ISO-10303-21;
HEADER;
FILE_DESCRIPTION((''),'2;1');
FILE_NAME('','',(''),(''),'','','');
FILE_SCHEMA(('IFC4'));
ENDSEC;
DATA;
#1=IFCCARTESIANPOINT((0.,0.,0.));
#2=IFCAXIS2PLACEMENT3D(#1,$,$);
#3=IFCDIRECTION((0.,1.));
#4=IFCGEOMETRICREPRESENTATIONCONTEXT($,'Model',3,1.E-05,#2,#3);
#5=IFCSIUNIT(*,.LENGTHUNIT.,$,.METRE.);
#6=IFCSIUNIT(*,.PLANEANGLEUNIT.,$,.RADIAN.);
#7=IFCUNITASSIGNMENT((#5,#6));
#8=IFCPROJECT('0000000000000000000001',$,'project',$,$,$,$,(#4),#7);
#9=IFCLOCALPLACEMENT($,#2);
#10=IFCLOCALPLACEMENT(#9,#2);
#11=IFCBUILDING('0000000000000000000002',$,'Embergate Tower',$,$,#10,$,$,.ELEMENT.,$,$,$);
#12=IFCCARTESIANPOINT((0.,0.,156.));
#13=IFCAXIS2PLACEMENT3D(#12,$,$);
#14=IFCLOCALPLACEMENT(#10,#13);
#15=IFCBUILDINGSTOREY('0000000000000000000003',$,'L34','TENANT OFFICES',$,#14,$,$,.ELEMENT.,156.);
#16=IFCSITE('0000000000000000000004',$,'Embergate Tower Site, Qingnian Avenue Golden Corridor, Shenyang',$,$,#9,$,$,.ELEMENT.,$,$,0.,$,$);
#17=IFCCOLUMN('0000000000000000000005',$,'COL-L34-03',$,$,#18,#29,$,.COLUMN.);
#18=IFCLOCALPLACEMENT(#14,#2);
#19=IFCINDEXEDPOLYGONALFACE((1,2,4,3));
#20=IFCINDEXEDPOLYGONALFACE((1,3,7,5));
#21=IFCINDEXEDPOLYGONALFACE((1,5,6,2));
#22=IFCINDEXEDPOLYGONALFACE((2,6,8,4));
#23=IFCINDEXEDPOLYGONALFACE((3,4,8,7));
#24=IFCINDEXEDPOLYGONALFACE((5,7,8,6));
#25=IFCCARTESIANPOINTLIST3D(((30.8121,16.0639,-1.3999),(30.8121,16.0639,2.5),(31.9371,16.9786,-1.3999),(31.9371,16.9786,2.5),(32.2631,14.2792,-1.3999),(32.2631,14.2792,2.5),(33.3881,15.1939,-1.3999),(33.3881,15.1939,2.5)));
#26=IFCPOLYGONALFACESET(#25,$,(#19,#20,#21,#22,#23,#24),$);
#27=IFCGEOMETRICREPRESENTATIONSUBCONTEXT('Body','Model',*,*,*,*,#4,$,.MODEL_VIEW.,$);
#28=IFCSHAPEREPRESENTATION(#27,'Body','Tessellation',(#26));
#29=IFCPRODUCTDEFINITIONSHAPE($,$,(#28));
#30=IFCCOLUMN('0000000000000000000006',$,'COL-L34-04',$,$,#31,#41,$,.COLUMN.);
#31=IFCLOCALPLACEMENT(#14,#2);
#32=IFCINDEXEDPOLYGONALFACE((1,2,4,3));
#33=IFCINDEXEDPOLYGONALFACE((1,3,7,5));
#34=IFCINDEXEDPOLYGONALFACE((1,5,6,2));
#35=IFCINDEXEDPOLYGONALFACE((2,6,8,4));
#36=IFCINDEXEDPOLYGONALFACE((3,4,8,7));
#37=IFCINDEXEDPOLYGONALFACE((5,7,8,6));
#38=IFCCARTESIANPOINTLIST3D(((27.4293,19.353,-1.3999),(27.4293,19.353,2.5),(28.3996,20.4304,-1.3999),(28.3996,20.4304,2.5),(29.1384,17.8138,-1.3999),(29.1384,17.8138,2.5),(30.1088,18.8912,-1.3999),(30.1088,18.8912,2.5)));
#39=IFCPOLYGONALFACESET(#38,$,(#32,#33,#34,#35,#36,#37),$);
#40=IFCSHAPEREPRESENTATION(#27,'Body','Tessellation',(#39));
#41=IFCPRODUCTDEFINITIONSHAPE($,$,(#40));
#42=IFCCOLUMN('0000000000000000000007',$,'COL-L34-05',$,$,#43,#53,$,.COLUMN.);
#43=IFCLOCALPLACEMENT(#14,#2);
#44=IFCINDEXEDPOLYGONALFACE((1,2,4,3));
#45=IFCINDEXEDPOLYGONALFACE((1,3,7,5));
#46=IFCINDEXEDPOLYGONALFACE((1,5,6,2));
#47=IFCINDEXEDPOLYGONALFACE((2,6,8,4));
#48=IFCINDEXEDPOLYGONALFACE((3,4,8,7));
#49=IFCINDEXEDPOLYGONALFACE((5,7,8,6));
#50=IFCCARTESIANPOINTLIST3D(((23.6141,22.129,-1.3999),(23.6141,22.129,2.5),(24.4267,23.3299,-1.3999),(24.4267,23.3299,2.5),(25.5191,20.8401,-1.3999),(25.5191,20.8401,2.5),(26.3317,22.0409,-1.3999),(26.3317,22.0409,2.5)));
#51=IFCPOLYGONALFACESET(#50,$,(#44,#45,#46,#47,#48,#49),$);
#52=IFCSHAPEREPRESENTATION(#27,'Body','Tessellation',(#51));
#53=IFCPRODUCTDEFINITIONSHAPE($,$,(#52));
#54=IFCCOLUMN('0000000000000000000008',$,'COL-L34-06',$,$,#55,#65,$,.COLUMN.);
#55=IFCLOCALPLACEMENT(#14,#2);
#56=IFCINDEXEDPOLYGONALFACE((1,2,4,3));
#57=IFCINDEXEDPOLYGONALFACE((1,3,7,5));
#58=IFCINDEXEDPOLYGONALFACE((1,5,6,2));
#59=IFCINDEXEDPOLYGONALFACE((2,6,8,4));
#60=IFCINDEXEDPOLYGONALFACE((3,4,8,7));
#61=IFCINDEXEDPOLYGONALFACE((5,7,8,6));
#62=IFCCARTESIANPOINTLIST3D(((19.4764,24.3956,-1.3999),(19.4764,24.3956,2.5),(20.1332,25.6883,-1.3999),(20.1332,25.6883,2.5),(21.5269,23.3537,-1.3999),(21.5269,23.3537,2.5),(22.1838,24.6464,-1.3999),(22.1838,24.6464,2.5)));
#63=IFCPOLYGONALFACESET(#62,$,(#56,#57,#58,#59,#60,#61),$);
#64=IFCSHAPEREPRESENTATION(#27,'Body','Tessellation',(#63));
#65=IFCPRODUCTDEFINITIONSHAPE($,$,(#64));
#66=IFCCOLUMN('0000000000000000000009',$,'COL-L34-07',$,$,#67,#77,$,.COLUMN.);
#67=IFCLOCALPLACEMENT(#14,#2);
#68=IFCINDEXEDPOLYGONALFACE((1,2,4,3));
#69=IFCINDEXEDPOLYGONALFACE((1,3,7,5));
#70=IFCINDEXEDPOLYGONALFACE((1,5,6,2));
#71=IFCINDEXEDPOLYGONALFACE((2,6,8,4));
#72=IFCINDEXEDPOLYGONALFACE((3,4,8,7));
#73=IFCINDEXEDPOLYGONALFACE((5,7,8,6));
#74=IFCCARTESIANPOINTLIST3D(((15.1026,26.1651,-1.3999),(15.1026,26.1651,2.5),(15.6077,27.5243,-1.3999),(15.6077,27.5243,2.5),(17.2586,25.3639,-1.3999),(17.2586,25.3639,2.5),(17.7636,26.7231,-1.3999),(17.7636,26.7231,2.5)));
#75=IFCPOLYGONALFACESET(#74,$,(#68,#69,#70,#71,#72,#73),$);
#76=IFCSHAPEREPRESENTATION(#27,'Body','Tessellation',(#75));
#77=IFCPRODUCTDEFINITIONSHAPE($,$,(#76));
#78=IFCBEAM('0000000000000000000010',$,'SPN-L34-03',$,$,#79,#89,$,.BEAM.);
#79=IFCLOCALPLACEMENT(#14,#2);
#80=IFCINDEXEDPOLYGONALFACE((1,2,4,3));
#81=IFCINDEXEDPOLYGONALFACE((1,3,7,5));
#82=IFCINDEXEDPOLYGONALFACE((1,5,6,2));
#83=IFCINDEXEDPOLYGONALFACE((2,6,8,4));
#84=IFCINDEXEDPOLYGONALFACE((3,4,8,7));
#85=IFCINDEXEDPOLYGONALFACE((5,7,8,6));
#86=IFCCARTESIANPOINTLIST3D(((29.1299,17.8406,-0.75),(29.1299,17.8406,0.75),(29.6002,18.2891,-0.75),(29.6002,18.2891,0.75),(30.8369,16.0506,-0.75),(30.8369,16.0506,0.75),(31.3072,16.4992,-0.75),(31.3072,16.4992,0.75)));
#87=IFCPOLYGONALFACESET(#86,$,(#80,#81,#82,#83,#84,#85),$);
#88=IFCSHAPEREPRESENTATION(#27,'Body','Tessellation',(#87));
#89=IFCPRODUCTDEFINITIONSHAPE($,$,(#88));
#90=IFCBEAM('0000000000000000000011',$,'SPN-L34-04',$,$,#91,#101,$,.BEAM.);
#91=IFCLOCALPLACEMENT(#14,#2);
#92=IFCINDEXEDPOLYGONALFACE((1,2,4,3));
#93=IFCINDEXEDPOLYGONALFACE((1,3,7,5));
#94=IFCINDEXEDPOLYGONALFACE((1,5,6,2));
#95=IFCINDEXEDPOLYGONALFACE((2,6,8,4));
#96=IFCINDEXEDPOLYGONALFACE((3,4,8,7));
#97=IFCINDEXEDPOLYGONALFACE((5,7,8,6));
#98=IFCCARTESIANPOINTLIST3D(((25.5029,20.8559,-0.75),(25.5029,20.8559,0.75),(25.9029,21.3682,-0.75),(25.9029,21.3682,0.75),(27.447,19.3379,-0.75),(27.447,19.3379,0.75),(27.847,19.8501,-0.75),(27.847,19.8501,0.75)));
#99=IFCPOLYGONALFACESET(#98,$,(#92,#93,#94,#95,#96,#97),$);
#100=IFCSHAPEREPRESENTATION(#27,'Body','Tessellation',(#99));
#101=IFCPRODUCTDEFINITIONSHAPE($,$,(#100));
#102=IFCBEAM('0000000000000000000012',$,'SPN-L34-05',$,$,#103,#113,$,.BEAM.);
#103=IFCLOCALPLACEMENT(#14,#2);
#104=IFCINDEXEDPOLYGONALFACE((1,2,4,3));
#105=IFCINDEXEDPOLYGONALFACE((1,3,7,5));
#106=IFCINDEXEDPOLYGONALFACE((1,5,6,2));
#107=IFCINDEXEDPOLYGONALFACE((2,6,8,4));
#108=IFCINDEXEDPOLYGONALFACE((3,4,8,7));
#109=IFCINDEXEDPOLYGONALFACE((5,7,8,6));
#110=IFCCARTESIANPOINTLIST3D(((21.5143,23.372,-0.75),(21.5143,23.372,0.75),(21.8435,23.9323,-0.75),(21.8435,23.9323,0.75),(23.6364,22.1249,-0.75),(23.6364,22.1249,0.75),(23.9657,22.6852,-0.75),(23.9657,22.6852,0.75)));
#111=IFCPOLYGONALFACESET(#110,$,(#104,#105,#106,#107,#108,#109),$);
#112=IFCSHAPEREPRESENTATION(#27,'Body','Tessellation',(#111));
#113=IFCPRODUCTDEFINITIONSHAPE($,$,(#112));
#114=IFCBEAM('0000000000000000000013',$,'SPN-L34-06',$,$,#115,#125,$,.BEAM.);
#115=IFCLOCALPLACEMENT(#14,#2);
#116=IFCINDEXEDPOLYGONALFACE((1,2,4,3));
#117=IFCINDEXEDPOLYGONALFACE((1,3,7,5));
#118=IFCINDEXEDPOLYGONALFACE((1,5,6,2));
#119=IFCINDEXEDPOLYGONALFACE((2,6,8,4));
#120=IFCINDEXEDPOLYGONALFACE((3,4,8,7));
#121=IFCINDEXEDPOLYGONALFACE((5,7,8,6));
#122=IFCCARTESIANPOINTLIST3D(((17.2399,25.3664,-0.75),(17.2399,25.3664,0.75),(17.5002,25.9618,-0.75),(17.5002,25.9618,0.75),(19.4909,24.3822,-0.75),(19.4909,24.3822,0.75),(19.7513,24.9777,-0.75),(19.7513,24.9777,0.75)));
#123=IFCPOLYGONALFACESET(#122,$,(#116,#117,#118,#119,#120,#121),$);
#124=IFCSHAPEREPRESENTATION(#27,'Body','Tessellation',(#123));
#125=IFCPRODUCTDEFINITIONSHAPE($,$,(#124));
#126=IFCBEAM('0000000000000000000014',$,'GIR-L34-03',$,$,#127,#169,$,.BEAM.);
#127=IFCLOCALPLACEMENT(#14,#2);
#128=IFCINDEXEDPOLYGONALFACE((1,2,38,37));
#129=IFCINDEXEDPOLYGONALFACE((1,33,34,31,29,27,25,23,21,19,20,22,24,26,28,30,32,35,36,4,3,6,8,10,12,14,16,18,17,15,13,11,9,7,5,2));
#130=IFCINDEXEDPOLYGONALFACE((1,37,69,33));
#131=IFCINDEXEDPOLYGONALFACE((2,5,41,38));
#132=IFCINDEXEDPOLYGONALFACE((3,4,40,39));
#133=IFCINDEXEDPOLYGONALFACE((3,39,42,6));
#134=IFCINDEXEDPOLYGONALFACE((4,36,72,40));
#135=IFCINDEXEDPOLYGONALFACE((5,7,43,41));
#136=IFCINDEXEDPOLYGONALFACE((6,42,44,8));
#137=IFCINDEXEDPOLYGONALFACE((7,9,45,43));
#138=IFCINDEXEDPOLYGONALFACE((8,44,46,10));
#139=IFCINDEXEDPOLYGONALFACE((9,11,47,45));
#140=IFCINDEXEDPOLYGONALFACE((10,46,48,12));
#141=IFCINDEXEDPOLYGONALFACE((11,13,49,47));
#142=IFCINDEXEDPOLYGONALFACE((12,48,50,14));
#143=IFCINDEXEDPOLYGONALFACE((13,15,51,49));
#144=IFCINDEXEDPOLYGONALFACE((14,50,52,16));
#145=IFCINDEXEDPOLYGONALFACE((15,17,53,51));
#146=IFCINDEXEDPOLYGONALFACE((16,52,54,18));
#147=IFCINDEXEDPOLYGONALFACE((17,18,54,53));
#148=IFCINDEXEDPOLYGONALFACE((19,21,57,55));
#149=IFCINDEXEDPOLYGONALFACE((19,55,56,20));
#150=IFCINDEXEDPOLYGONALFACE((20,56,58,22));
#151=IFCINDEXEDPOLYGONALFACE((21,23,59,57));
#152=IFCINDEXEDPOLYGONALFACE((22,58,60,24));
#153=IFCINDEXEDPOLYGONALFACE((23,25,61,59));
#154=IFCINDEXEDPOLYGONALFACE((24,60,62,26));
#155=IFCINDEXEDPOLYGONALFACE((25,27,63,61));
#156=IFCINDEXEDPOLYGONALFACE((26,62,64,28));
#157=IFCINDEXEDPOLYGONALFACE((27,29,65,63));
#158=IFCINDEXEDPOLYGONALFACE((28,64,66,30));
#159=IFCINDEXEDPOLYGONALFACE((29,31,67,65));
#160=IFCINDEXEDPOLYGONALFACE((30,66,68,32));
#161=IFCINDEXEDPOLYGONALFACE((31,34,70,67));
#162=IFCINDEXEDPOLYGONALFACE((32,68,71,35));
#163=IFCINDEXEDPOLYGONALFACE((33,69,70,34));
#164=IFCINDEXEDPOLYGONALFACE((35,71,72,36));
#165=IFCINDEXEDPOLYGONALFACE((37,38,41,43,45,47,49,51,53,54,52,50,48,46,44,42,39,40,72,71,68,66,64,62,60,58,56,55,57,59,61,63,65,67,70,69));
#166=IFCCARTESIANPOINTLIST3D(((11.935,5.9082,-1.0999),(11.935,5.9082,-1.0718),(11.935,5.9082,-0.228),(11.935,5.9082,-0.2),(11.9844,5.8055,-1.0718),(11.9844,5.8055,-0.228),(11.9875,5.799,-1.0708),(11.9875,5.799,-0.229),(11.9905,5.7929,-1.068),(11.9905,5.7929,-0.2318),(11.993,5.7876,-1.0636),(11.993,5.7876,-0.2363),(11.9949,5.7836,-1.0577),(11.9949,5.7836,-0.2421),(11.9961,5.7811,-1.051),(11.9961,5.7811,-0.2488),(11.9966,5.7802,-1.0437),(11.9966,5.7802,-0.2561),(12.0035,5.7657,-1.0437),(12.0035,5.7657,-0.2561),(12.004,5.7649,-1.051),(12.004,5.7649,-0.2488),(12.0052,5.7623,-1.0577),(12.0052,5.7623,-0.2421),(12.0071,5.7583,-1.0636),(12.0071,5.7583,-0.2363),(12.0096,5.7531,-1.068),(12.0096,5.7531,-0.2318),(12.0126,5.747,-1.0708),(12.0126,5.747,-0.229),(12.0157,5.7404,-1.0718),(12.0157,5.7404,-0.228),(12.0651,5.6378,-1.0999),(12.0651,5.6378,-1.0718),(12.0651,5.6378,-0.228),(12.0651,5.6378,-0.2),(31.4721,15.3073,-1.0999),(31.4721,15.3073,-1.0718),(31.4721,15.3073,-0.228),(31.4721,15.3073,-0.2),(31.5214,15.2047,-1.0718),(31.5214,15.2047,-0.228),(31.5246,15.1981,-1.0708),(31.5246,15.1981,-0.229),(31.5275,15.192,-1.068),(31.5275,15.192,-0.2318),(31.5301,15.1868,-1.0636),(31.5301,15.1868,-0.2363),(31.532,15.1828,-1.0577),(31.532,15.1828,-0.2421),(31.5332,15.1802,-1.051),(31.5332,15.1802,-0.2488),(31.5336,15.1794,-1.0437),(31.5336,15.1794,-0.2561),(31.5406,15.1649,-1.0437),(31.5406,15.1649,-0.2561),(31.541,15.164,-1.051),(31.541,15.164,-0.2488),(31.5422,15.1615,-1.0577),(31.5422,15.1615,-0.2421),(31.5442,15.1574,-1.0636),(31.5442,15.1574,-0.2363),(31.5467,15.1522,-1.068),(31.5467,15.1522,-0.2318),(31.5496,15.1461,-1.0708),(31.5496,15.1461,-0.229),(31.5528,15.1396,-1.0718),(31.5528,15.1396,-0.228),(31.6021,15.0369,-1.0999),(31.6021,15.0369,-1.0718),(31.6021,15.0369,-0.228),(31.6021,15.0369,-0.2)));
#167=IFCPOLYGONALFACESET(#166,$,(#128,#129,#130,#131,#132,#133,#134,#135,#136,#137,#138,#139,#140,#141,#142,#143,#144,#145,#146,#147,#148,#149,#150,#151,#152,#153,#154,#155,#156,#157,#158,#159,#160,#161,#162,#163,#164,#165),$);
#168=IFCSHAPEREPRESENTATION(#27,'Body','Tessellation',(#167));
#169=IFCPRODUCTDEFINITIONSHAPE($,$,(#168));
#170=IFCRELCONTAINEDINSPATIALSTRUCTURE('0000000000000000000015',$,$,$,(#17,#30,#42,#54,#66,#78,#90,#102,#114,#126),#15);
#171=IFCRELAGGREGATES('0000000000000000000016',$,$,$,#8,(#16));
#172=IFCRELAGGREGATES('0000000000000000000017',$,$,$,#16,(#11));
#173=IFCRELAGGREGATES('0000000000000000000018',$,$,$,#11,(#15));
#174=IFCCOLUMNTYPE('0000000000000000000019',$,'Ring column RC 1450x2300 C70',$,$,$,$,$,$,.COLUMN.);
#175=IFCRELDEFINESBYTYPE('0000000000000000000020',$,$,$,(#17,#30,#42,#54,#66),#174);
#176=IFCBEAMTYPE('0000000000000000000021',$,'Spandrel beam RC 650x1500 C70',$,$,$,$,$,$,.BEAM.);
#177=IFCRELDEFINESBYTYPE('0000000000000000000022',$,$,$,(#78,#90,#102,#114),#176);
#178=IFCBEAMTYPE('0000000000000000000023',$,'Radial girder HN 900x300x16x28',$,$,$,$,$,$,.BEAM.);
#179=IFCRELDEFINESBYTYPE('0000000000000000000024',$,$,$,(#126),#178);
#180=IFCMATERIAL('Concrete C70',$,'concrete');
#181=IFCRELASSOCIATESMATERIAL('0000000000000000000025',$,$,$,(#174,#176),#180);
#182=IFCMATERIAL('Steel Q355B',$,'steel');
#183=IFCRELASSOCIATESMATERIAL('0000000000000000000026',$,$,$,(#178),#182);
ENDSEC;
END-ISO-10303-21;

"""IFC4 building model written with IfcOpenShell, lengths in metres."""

from ifc_helpers import new_model, si_unit, direction, frame, origin, origin_2d, place, context, subcontext, project, spatial, rectangle, i_section, extrude, source, transform, mapped, material, material_profile, profile_set, type_object, element, save


model = new_model("IFC4")

# Units and contexts
model_context = context("Model", 3, precision=1e-05, world=origin(), true_north=direction((0.0, 1.0)))
body_context = subcontext(model_context, "Body", "Model", "MODEL_VIEW")
ifc_project = project(units=[si_unit("LENGTHUNIT", "METRE"), si_unit("PLANEANGLEUNIT", "RADIAN")], contexts=[model_context])

# Site, building, storey
site_placement = place(None, origin())
site = spatial("IfcSite", under=ifc_project, at=site_placement, Name="Embergate Tower Site, Qingnian Avenue Golden Corridor, Shenyang", CompositionType="ELEMENT", RefElevation=0.0)
building_placement = place(site_placement, origin())
building = spatial("IfcBuilding", under=site, at=building_placement, Name="Embergate Tower", CompositionType="ELEMENT")
storey_placement = place(building_placement, frame((0.0, 0.0, 156.0)))
storey = spatial("IfcBuildingStorey", under=building, at=storey_placement, Name="L34", Description="TENANT OFFICES", CompositionType="ELEMENT", Elevation=156.0)

# Columns
ifc_material_1 = material(Name="Concrete C70", Category="concrete")
ifc_material_profile_1 = material_profile(ifc_material_1, rectangle(XDim=1.45, YDim=2.3, at=origin_2d()), Name="RC 1450x2300")
ifc_profile_set_1 = profile_set([ifc_material_profile_1], Name="Concrete C70")
column_type = type_object("IfcColumnType", Name="Ring column RC 1450x2300 C70", PredefinedType="COLUMN", material=ifc_profile_set_1)
shared_shape_1 = source(origin(), body_context, "Body", "SweptSolid", [
    extrude(rectangle(XDim=1.45, YDim=2.3, at=origin_2d()), origin(), (0.0, 0.0, 1.0), 3.8999),
])
for number, where, z_axis, x_axis, name in (
    (1, (32.1001, 15.6289, -1.3999), (0.0, 0.0, 1.0), (0.775914, 0.630838, 0.0), "COL-L34-03"),
    (2, (28.769, 19.1221, -1.3999), (0.0, 0.0, 1.0), (0.669208, 0.743075, 0.0), "COL-L34-04"),
    (3, (24.9729, 22.085, -1.3999), (0.0, 0.0, 1.0), (0.560393, 0.828227, 0.0), "COL-L34-05"),
    (4, (20.8301, 24.521, -1.3999), (0.0, 0.0, 1.0), (0.452995, 0.891513, 0.0), "COL-L34-06"),
    (5, (16.4331, 26.4441, -1.3999), (0.0, 0.0, 1.0), (0.348343, 0.937367, 0.0), "COL-L34-07"),
):
    element("IfcColumn", number, at=place(storey_placement, frame(where, z_axis=z_axis, x_axis=x_axis)), inside=storey, type_object=column_type, Name=name, PredefinedType="COLUMN", context=body_context, shape_type="MappedRepresentation", body=[
        mapped(shared_shape_1, transform((0.0, 0.0, 0.0))),
    ])

# Beams
ifc_material_profile_2 = material_profile(ifc_material_1, rectangle(XDim=0.6499, YDim=1.5, at=origin_2d()), Name="RC 650x1500")
ifc_profile_set_2 = profile_set([ifc_material_profile_2], Name="Concrete C70")
beam_type_1 = type_object("IfcBeamType", Name="Spandrel beam RC 650x1500 C70", PredefinedType="BEAM", material=ifc_profile_set_2)
shared_shape_2 = source(origin(), body_context, "Body", "SweptSolid", [
    extrude(rectangle(XDim=0.6499, YDim=1.5, at=origin_2d()), origin(), (0.0, 0.0, 1.0), 2.4734),
])
beam_1_placement = place(storey_placement, frame((31.072, 16.2749, 0.0), z_axis=(-0.690128, 0.723687, 0.0), x_axis=(-0.723687, -0.690128, 0.0)))
element("IfcBeam", 6, at=beam_1_placement, inside=storey, type_object=beam_type_1, Name="SPN-L34-03", PredefinedType="BEAM", context=body_context, shape_type="MappedRepresentation", body=[
    mapped(shared_shape_2, transform((0.0, 0.0, 0.0))),
])
shared_shape_3 = source(origin(), body_context, "Body", "SweptSolid", [
    extrude(rectangle(XDim=0.6499, YDim=1.5, at=origin_2d()), origin(), (0.0, 0.0, 1.0), 2.4666),
])
beam_2_placement = place(storey_placement, frame((27.647, 19.594, 0.0), z_axis=(-0.788173, 0.615454, 0.0), x_axis=(-0.615454, -0.788173, 0.0)))
element("IfcBeam", 7, at=beam_2_placement, inside=storey, type_object=beam_type_1, Name="SPN-L34-04", PredefinedType="BEAM", context=body_context, shape_type="MappedRepresentation", body=[
    mapped(shared_shape_3, transform((0.0, 0.0, 0.0))),
])
shared_shape_4 = source(origin(), body_context, "Body", "SweptSolid", [
    extrude(rectangle(XDim=0.6499, YDim=1.5, at=origin_2d()), origin(), (0.0, 0.0, 1.0), 2.4614),
])
beam_3_placement = place(storey_placement, frame((23.801, 22.405, 0.0), z_axis=(-0.862148, 0.506656, 0.0), x_axis=(-0.506656, -0.862148, 0.0)))
element("IfcBeam", 8, at=beam_3_placement, inside=storey, type_object=beam_type_1, Name="SPN-L34-05", PredefinedType="BEAM", context=body_context, shape_type="MappedRepresentation", body=[
    mapped(shared_shape_4, transform((0.0, 0.0, 0.0))),
])
shared_shape_5 = source(origin(), body_context, "Body", "SweptSolid", [
    extrude(rectangle(XDim=0.6499, YDim=1.5, at=origin_2d()), origin(), (0.0, 0.0, 1.0), 2.4568),
])
beam_4_placement = place(storey_placement, frame((19.6211, 24.6799, 0.0), z_axis=(-0.916258, 0.400589, 0.0), x_axis=(-0.400589, -0.916258, 0.0)))
element("IfcBeam", 9, at=beam_4_placement, inside=storey, type_object=beam_type_1, Name="SPN-L34-06", PredefinedType="BEAM", context=body_context, shape_type="MappedRepresentation", body=[
    mapped(shared_shape_5, transform((0.0, 0.0, 0.0))),
])
ifc_material_2 = material(Name="Steel Q355B", Category="steel")
ifc_material_profile_3 = material_profile(ifc_material_2, i_section(OverallWidth=0.3, OverallDepth=0.8999, WebThickness=0.0161, FlangeThickness=0.0281, FilletRadius=0.0281, at=origin_2d()), Name="HN 900x300x16x28")
ifc_profile_set_3 = profile_set([ifc_material_profile_3], Name="Steel Q355 grade B")
beam_type_2 = type_object("IfcBeamType", Name="Radial girder HN 900x300x16x28", PredefinedType="BEAM", material=ifc_profile_set_3)
shared_shape_6 = source(origin(), body_context, "Body", "SweptSolid", [
    extrude(i_section(OverallWidth=0.3, OverallDepth=0.8999, WebThickness=0.0161, FlangeThickness=0.0281, FilletRadius=0.0281, at=origin_2d()), origin(), (0.0, 0.0, 1.0), 21.6804),
])
beam_5_placement = place(storey_placement, frame((31.5371, 15.1721, -0.6499), z_axis=(-0.901138, -0.433532, 0.0), x_axis=(0.433532, -0.901138, 0.0)))
element("IfcBeam", 10, at=beam_5_placement, inside=storey, type_object=beam_type_2, Name="GIR-L34-03", PredefinedType="BEAM", context=body_context, shape_type="MappedRepresentation", body=[
    mapped(shared_shape_6, transform((0.0, 0.0, 0.0))),
])

save(model, "model.ifc")
